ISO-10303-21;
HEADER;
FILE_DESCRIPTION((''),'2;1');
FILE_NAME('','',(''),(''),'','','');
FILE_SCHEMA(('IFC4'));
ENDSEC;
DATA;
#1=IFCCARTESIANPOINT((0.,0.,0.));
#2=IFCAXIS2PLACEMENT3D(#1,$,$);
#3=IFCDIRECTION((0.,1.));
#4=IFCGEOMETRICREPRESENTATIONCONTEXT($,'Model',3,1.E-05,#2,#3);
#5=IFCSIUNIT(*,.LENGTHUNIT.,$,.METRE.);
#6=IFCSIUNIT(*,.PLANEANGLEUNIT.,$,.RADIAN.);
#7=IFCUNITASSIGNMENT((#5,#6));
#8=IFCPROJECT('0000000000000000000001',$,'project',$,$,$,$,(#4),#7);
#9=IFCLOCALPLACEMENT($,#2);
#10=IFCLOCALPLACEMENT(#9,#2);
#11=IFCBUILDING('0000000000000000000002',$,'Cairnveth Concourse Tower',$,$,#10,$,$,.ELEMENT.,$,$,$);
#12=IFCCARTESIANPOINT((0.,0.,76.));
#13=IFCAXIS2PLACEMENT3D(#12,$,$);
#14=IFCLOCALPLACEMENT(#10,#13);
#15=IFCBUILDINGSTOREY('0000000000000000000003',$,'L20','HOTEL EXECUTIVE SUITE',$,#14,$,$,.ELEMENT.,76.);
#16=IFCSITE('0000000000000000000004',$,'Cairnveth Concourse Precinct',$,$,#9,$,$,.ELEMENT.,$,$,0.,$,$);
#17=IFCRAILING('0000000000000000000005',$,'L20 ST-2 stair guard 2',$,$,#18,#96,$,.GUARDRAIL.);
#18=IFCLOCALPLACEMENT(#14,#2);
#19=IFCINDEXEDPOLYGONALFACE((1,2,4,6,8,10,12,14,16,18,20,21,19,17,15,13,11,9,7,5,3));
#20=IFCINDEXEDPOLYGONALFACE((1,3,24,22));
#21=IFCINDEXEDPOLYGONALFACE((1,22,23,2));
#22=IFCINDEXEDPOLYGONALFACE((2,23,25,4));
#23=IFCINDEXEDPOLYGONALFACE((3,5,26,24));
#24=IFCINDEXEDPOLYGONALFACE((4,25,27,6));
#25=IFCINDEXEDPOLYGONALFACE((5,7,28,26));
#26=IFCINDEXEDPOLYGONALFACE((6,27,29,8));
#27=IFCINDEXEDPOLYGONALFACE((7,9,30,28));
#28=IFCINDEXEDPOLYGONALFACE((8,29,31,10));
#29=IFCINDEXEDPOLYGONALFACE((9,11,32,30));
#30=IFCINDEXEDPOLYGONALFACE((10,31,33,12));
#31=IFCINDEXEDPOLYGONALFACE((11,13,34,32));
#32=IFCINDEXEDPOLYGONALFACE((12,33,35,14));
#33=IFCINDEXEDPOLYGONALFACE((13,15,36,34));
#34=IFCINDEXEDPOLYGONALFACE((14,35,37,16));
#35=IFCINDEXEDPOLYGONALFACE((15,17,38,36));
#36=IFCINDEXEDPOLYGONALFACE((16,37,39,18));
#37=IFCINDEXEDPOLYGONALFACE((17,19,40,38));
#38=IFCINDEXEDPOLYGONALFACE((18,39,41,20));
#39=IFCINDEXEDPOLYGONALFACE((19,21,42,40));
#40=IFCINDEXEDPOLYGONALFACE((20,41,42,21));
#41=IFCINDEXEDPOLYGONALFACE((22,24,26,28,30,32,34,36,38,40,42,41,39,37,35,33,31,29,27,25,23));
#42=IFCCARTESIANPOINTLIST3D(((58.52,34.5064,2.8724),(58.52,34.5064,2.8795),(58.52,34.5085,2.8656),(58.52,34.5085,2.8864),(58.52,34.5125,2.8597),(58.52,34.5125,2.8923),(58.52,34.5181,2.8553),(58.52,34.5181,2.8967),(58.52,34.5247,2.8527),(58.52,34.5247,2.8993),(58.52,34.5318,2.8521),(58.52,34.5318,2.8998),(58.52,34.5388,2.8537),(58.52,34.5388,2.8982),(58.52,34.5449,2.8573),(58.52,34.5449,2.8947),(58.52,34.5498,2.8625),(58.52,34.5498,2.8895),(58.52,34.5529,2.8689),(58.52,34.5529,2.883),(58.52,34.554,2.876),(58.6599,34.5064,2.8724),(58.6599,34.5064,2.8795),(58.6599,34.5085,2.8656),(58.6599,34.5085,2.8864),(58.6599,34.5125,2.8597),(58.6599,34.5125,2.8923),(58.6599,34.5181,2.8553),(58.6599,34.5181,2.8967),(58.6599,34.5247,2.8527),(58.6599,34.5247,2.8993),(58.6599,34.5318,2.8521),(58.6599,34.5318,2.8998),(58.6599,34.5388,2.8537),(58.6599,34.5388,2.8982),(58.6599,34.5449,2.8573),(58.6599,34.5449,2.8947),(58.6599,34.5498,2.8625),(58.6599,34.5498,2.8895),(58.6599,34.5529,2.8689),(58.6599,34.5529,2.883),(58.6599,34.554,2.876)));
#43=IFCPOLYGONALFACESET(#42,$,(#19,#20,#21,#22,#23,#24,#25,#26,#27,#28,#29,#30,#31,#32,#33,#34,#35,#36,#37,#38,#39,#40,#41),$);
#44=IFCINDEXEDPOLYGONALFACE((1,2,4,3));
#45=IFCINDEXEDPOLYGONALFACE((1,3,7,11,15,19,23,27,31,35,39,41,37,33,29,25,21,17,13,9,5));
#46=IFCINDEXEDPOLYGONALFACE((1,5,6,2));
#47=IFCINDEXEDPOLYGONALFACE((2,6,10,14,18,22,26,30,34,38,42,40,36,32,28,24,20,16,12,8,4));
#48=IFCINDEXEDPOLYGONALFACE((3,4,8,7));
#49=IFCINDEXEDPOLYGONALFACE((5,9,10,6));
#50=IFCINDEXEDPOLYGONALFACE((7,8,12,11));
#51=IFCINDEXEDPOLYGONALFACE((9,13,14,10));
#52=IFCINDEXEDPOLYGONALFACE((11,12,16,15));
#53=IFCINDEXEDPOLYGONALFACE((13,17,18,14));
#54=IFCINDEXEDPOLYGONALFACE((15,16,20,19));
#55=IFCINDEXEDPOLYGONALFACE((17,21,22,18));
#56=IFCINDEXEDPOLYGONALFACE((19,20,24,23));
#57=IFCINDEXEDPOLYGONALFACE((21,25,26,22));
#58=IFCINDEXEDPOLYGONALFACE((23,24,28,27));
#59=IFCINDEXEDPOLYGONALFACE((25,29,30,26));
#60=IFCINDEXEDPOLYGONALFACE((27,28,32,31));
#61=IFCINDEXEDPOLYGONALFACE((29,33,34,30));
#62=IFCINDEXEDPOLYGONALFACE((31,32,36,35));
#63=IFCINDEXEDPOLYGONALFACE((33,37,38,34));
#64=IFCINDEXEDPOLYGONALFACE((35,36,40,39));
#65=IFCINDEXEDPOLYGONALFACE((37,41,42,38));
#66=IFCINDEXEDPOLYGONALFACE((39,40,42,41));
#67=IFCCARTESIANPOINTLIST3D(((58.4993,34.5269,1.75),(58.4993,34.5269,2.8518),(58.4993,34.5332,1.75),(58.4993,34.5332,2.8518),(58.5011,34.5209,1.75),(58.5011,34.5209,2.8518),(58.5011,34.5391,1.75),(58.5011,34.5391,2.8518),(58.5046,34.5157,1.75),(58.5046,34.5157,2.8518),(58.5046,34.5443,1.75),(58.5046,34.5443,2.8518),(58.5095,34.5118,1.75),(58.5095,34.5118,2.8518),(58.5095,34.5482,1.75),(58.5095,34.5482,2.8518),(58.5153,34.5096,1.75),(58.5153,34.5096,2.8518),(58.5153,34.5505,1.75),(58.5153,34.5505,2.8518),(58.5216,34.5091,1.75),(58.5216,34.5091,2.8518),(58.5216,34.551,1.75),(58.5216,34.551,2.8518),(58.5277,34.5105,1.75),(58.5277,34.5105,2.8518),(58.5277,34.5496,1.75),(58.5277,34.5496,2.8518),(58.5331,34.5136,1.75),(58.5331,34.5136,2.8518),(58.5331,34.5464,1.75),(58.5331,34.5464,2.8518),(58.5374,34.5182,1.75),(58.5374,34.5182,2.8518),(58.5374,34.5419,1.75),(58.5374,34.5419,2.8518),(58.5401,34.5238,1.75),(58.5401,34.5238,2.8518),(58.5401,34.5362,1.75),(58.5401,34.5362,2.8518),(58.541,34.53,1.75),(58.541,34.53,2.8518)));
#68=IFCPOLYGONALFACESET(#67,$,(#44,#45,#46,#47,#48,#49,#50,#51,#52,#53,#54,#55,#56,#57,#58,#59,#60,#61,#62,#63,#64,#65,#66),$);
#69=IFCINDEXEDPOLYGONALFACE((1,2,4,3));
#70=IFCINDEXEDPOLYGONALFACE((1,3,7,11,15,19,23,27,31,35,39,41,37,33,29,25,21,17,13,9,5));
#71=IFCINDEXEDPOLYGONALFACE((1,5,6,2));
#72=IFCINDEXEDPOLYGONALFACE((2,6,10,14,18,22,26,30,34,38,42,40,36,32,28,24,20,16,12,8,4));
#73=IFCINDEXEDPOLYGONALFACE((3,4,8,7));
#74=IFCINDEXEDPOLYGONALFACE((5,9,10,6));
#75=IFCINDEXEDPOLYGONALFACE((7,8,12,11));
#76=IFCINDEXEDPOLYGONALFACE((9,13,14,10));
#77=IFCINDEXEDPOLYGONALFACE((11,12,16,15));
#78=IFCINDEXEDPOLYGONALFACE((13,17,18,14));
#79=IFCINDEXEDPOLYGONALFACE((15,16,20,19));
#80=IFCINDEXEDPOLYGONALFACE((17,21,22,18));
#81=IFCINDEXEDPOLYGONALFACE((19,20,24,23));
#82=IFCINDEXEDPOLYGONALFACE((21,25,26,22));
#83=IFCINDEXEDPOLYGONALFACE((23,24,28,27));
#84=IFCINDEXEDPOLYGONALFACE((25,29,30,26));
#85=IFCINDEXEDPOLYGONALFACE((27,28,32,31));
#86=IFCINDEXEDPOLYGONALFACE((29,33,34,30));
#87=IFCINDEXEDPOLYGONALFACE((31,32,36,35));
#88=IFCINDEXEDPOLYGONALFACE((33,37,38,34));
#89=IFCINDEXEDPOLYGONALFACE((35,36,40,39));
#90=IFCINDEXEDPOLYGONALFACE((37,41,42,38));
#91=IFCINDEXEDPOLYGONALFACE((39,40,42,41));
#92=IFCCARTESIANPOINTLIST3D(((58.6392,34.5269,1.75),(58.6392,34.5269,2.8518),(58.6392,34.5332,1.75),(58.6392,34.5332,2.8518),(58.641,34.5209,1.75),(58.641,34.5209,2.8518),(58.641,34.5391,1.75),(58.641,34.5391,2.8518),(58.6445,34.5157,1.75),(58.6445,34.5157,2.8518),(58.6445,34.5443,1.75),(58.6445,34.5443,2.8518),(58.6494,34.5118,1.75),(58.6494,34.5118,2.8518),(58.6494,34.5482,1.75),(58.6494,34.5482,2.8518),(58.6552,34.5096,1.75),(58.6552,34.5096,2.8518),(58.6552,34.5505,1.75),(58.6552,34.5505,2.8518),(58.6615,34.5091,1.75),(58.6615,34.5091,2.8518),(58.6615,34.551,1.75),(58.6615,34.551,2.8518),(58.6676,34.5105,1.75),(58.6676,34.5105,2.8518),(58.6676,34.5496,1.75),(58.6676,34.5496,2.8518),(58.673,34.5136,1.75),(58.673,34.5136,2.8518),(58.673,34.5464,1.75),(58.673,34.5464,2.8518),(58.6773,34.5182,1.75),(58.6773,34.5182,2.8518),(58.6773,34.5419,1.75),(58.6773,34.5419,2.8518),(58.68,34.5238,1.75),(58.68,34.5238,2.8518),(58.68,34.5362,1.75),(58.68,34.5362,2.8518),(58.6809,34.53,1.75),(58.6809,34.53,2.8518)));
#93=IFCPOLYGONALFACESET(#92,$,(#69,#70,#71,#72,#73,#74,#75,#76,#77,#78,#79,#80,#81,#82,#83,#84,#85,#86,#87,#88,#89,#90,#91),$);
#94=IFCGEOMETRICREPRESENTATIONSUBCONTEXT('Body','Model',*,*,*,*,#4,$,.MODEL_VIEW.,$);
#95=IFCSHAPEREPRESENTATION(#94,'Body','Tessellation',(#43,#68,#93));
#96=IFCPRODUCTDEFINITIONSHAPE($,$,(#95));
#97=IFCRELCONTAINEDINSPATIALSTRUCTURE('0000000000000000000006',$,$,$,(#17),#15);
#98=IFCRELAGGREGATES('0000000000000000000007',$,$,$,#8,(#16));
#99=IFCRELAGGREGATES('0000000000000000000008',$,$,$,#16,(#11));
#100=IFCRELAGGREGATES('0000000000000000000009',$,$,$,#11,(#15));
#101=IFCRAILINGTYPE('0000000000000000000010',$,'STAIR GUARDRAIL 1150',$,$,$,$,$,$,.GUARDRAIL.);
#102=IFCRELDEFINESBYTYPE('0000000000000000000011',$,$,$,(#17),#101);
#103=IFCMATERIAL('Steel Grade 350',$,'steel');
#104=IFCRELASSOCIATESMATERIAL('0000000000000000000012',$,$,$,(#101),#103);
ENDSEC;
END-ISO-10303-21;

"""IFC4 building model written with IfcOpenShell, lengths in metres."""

from ifc_helpers import new_model, si_unit, direction, frame, origin, origin_2d, place, context, subcontext, project, spatial, circle, extrude, material, type_object, element, save


model = new_model("IFC4")

# Units and contexts
model_context = context("Model", 3, precision=1e-05, world=origin(), true_north=direction((0.0, 1.0)))
body_context = subcontext(model_context, "Body", "Model", "MODEL_VIEW")
ifc_project = project(units=[si_unit("LENGTHUNIT", "METRE"), si_unit("PLANEANGLEUNIT", "RADIAN")], contexts=[model_context])

# Site, building, storey
site_placement = place(None, origin())
site = spatial("IfcSite", under=ifc_project, at=site_placement, Name="Cairnveth Concourse Precinct", CompositionType="ELEMENT", RefElevation=0.0)
building_placement = place(site_placement, origin())
building = spatial("IfcBuilding", under=site, at=building_placement, Name="Cairnveth Concourse Tower", CompositionType="ELEMENT")
storey_placement = place(building_placement, frame((0.0, 0.0, 76.0)))
storey = spatial("IfcBuildingStorey", under=building, at=storey_placement, Name="L20", Description="HOTEL EXECUTIVE SUITE", CompositionType="ELEMENT", Elevation=76.0)

# Shared definitions
ifc_material_1 = material(Name="Steel Grade 350", Category="steel")

# Railing
railing_type_1 = type_object("IfcRailingType", Name="STAIR GUARDRAIL 1150", PredefinedType="GUARDRAIL", material=ifc_material_1)
railing_1_placement = place(storey_placement, frame((58.52, 34.53, 1.75)))
element("IfcRailing", 1, at=railing_1_placement, inside=storey, type_object=railing_type_1, Name="L20 ST-2 stair guard 2", PredefinedType="GUARDRAIL", context=body_context, shape_type="SweptSolid", body=[
    extrude(circle(Radius=0.0239, at=origin_2d()), frame((0.0, 0.0, 1.126), z_axis=(1.0, 0.0, 0.0), x_axis=(0.0, 1.0, 0.0)), (0.0, 0.0, 1.0), 0.1399),
    extrude(circle(Radius=0.021, at=origin_2d()), origin(), (0.0, 0.0, 1.0), 1.1018),
    extrude(circle(Radius=0.021, at=origin_2d()), frame((0.1399, 0.0, 0.0)), (0.0, 0.0, 1.0), 1.1018),
])

save(model, "model.ifc")
